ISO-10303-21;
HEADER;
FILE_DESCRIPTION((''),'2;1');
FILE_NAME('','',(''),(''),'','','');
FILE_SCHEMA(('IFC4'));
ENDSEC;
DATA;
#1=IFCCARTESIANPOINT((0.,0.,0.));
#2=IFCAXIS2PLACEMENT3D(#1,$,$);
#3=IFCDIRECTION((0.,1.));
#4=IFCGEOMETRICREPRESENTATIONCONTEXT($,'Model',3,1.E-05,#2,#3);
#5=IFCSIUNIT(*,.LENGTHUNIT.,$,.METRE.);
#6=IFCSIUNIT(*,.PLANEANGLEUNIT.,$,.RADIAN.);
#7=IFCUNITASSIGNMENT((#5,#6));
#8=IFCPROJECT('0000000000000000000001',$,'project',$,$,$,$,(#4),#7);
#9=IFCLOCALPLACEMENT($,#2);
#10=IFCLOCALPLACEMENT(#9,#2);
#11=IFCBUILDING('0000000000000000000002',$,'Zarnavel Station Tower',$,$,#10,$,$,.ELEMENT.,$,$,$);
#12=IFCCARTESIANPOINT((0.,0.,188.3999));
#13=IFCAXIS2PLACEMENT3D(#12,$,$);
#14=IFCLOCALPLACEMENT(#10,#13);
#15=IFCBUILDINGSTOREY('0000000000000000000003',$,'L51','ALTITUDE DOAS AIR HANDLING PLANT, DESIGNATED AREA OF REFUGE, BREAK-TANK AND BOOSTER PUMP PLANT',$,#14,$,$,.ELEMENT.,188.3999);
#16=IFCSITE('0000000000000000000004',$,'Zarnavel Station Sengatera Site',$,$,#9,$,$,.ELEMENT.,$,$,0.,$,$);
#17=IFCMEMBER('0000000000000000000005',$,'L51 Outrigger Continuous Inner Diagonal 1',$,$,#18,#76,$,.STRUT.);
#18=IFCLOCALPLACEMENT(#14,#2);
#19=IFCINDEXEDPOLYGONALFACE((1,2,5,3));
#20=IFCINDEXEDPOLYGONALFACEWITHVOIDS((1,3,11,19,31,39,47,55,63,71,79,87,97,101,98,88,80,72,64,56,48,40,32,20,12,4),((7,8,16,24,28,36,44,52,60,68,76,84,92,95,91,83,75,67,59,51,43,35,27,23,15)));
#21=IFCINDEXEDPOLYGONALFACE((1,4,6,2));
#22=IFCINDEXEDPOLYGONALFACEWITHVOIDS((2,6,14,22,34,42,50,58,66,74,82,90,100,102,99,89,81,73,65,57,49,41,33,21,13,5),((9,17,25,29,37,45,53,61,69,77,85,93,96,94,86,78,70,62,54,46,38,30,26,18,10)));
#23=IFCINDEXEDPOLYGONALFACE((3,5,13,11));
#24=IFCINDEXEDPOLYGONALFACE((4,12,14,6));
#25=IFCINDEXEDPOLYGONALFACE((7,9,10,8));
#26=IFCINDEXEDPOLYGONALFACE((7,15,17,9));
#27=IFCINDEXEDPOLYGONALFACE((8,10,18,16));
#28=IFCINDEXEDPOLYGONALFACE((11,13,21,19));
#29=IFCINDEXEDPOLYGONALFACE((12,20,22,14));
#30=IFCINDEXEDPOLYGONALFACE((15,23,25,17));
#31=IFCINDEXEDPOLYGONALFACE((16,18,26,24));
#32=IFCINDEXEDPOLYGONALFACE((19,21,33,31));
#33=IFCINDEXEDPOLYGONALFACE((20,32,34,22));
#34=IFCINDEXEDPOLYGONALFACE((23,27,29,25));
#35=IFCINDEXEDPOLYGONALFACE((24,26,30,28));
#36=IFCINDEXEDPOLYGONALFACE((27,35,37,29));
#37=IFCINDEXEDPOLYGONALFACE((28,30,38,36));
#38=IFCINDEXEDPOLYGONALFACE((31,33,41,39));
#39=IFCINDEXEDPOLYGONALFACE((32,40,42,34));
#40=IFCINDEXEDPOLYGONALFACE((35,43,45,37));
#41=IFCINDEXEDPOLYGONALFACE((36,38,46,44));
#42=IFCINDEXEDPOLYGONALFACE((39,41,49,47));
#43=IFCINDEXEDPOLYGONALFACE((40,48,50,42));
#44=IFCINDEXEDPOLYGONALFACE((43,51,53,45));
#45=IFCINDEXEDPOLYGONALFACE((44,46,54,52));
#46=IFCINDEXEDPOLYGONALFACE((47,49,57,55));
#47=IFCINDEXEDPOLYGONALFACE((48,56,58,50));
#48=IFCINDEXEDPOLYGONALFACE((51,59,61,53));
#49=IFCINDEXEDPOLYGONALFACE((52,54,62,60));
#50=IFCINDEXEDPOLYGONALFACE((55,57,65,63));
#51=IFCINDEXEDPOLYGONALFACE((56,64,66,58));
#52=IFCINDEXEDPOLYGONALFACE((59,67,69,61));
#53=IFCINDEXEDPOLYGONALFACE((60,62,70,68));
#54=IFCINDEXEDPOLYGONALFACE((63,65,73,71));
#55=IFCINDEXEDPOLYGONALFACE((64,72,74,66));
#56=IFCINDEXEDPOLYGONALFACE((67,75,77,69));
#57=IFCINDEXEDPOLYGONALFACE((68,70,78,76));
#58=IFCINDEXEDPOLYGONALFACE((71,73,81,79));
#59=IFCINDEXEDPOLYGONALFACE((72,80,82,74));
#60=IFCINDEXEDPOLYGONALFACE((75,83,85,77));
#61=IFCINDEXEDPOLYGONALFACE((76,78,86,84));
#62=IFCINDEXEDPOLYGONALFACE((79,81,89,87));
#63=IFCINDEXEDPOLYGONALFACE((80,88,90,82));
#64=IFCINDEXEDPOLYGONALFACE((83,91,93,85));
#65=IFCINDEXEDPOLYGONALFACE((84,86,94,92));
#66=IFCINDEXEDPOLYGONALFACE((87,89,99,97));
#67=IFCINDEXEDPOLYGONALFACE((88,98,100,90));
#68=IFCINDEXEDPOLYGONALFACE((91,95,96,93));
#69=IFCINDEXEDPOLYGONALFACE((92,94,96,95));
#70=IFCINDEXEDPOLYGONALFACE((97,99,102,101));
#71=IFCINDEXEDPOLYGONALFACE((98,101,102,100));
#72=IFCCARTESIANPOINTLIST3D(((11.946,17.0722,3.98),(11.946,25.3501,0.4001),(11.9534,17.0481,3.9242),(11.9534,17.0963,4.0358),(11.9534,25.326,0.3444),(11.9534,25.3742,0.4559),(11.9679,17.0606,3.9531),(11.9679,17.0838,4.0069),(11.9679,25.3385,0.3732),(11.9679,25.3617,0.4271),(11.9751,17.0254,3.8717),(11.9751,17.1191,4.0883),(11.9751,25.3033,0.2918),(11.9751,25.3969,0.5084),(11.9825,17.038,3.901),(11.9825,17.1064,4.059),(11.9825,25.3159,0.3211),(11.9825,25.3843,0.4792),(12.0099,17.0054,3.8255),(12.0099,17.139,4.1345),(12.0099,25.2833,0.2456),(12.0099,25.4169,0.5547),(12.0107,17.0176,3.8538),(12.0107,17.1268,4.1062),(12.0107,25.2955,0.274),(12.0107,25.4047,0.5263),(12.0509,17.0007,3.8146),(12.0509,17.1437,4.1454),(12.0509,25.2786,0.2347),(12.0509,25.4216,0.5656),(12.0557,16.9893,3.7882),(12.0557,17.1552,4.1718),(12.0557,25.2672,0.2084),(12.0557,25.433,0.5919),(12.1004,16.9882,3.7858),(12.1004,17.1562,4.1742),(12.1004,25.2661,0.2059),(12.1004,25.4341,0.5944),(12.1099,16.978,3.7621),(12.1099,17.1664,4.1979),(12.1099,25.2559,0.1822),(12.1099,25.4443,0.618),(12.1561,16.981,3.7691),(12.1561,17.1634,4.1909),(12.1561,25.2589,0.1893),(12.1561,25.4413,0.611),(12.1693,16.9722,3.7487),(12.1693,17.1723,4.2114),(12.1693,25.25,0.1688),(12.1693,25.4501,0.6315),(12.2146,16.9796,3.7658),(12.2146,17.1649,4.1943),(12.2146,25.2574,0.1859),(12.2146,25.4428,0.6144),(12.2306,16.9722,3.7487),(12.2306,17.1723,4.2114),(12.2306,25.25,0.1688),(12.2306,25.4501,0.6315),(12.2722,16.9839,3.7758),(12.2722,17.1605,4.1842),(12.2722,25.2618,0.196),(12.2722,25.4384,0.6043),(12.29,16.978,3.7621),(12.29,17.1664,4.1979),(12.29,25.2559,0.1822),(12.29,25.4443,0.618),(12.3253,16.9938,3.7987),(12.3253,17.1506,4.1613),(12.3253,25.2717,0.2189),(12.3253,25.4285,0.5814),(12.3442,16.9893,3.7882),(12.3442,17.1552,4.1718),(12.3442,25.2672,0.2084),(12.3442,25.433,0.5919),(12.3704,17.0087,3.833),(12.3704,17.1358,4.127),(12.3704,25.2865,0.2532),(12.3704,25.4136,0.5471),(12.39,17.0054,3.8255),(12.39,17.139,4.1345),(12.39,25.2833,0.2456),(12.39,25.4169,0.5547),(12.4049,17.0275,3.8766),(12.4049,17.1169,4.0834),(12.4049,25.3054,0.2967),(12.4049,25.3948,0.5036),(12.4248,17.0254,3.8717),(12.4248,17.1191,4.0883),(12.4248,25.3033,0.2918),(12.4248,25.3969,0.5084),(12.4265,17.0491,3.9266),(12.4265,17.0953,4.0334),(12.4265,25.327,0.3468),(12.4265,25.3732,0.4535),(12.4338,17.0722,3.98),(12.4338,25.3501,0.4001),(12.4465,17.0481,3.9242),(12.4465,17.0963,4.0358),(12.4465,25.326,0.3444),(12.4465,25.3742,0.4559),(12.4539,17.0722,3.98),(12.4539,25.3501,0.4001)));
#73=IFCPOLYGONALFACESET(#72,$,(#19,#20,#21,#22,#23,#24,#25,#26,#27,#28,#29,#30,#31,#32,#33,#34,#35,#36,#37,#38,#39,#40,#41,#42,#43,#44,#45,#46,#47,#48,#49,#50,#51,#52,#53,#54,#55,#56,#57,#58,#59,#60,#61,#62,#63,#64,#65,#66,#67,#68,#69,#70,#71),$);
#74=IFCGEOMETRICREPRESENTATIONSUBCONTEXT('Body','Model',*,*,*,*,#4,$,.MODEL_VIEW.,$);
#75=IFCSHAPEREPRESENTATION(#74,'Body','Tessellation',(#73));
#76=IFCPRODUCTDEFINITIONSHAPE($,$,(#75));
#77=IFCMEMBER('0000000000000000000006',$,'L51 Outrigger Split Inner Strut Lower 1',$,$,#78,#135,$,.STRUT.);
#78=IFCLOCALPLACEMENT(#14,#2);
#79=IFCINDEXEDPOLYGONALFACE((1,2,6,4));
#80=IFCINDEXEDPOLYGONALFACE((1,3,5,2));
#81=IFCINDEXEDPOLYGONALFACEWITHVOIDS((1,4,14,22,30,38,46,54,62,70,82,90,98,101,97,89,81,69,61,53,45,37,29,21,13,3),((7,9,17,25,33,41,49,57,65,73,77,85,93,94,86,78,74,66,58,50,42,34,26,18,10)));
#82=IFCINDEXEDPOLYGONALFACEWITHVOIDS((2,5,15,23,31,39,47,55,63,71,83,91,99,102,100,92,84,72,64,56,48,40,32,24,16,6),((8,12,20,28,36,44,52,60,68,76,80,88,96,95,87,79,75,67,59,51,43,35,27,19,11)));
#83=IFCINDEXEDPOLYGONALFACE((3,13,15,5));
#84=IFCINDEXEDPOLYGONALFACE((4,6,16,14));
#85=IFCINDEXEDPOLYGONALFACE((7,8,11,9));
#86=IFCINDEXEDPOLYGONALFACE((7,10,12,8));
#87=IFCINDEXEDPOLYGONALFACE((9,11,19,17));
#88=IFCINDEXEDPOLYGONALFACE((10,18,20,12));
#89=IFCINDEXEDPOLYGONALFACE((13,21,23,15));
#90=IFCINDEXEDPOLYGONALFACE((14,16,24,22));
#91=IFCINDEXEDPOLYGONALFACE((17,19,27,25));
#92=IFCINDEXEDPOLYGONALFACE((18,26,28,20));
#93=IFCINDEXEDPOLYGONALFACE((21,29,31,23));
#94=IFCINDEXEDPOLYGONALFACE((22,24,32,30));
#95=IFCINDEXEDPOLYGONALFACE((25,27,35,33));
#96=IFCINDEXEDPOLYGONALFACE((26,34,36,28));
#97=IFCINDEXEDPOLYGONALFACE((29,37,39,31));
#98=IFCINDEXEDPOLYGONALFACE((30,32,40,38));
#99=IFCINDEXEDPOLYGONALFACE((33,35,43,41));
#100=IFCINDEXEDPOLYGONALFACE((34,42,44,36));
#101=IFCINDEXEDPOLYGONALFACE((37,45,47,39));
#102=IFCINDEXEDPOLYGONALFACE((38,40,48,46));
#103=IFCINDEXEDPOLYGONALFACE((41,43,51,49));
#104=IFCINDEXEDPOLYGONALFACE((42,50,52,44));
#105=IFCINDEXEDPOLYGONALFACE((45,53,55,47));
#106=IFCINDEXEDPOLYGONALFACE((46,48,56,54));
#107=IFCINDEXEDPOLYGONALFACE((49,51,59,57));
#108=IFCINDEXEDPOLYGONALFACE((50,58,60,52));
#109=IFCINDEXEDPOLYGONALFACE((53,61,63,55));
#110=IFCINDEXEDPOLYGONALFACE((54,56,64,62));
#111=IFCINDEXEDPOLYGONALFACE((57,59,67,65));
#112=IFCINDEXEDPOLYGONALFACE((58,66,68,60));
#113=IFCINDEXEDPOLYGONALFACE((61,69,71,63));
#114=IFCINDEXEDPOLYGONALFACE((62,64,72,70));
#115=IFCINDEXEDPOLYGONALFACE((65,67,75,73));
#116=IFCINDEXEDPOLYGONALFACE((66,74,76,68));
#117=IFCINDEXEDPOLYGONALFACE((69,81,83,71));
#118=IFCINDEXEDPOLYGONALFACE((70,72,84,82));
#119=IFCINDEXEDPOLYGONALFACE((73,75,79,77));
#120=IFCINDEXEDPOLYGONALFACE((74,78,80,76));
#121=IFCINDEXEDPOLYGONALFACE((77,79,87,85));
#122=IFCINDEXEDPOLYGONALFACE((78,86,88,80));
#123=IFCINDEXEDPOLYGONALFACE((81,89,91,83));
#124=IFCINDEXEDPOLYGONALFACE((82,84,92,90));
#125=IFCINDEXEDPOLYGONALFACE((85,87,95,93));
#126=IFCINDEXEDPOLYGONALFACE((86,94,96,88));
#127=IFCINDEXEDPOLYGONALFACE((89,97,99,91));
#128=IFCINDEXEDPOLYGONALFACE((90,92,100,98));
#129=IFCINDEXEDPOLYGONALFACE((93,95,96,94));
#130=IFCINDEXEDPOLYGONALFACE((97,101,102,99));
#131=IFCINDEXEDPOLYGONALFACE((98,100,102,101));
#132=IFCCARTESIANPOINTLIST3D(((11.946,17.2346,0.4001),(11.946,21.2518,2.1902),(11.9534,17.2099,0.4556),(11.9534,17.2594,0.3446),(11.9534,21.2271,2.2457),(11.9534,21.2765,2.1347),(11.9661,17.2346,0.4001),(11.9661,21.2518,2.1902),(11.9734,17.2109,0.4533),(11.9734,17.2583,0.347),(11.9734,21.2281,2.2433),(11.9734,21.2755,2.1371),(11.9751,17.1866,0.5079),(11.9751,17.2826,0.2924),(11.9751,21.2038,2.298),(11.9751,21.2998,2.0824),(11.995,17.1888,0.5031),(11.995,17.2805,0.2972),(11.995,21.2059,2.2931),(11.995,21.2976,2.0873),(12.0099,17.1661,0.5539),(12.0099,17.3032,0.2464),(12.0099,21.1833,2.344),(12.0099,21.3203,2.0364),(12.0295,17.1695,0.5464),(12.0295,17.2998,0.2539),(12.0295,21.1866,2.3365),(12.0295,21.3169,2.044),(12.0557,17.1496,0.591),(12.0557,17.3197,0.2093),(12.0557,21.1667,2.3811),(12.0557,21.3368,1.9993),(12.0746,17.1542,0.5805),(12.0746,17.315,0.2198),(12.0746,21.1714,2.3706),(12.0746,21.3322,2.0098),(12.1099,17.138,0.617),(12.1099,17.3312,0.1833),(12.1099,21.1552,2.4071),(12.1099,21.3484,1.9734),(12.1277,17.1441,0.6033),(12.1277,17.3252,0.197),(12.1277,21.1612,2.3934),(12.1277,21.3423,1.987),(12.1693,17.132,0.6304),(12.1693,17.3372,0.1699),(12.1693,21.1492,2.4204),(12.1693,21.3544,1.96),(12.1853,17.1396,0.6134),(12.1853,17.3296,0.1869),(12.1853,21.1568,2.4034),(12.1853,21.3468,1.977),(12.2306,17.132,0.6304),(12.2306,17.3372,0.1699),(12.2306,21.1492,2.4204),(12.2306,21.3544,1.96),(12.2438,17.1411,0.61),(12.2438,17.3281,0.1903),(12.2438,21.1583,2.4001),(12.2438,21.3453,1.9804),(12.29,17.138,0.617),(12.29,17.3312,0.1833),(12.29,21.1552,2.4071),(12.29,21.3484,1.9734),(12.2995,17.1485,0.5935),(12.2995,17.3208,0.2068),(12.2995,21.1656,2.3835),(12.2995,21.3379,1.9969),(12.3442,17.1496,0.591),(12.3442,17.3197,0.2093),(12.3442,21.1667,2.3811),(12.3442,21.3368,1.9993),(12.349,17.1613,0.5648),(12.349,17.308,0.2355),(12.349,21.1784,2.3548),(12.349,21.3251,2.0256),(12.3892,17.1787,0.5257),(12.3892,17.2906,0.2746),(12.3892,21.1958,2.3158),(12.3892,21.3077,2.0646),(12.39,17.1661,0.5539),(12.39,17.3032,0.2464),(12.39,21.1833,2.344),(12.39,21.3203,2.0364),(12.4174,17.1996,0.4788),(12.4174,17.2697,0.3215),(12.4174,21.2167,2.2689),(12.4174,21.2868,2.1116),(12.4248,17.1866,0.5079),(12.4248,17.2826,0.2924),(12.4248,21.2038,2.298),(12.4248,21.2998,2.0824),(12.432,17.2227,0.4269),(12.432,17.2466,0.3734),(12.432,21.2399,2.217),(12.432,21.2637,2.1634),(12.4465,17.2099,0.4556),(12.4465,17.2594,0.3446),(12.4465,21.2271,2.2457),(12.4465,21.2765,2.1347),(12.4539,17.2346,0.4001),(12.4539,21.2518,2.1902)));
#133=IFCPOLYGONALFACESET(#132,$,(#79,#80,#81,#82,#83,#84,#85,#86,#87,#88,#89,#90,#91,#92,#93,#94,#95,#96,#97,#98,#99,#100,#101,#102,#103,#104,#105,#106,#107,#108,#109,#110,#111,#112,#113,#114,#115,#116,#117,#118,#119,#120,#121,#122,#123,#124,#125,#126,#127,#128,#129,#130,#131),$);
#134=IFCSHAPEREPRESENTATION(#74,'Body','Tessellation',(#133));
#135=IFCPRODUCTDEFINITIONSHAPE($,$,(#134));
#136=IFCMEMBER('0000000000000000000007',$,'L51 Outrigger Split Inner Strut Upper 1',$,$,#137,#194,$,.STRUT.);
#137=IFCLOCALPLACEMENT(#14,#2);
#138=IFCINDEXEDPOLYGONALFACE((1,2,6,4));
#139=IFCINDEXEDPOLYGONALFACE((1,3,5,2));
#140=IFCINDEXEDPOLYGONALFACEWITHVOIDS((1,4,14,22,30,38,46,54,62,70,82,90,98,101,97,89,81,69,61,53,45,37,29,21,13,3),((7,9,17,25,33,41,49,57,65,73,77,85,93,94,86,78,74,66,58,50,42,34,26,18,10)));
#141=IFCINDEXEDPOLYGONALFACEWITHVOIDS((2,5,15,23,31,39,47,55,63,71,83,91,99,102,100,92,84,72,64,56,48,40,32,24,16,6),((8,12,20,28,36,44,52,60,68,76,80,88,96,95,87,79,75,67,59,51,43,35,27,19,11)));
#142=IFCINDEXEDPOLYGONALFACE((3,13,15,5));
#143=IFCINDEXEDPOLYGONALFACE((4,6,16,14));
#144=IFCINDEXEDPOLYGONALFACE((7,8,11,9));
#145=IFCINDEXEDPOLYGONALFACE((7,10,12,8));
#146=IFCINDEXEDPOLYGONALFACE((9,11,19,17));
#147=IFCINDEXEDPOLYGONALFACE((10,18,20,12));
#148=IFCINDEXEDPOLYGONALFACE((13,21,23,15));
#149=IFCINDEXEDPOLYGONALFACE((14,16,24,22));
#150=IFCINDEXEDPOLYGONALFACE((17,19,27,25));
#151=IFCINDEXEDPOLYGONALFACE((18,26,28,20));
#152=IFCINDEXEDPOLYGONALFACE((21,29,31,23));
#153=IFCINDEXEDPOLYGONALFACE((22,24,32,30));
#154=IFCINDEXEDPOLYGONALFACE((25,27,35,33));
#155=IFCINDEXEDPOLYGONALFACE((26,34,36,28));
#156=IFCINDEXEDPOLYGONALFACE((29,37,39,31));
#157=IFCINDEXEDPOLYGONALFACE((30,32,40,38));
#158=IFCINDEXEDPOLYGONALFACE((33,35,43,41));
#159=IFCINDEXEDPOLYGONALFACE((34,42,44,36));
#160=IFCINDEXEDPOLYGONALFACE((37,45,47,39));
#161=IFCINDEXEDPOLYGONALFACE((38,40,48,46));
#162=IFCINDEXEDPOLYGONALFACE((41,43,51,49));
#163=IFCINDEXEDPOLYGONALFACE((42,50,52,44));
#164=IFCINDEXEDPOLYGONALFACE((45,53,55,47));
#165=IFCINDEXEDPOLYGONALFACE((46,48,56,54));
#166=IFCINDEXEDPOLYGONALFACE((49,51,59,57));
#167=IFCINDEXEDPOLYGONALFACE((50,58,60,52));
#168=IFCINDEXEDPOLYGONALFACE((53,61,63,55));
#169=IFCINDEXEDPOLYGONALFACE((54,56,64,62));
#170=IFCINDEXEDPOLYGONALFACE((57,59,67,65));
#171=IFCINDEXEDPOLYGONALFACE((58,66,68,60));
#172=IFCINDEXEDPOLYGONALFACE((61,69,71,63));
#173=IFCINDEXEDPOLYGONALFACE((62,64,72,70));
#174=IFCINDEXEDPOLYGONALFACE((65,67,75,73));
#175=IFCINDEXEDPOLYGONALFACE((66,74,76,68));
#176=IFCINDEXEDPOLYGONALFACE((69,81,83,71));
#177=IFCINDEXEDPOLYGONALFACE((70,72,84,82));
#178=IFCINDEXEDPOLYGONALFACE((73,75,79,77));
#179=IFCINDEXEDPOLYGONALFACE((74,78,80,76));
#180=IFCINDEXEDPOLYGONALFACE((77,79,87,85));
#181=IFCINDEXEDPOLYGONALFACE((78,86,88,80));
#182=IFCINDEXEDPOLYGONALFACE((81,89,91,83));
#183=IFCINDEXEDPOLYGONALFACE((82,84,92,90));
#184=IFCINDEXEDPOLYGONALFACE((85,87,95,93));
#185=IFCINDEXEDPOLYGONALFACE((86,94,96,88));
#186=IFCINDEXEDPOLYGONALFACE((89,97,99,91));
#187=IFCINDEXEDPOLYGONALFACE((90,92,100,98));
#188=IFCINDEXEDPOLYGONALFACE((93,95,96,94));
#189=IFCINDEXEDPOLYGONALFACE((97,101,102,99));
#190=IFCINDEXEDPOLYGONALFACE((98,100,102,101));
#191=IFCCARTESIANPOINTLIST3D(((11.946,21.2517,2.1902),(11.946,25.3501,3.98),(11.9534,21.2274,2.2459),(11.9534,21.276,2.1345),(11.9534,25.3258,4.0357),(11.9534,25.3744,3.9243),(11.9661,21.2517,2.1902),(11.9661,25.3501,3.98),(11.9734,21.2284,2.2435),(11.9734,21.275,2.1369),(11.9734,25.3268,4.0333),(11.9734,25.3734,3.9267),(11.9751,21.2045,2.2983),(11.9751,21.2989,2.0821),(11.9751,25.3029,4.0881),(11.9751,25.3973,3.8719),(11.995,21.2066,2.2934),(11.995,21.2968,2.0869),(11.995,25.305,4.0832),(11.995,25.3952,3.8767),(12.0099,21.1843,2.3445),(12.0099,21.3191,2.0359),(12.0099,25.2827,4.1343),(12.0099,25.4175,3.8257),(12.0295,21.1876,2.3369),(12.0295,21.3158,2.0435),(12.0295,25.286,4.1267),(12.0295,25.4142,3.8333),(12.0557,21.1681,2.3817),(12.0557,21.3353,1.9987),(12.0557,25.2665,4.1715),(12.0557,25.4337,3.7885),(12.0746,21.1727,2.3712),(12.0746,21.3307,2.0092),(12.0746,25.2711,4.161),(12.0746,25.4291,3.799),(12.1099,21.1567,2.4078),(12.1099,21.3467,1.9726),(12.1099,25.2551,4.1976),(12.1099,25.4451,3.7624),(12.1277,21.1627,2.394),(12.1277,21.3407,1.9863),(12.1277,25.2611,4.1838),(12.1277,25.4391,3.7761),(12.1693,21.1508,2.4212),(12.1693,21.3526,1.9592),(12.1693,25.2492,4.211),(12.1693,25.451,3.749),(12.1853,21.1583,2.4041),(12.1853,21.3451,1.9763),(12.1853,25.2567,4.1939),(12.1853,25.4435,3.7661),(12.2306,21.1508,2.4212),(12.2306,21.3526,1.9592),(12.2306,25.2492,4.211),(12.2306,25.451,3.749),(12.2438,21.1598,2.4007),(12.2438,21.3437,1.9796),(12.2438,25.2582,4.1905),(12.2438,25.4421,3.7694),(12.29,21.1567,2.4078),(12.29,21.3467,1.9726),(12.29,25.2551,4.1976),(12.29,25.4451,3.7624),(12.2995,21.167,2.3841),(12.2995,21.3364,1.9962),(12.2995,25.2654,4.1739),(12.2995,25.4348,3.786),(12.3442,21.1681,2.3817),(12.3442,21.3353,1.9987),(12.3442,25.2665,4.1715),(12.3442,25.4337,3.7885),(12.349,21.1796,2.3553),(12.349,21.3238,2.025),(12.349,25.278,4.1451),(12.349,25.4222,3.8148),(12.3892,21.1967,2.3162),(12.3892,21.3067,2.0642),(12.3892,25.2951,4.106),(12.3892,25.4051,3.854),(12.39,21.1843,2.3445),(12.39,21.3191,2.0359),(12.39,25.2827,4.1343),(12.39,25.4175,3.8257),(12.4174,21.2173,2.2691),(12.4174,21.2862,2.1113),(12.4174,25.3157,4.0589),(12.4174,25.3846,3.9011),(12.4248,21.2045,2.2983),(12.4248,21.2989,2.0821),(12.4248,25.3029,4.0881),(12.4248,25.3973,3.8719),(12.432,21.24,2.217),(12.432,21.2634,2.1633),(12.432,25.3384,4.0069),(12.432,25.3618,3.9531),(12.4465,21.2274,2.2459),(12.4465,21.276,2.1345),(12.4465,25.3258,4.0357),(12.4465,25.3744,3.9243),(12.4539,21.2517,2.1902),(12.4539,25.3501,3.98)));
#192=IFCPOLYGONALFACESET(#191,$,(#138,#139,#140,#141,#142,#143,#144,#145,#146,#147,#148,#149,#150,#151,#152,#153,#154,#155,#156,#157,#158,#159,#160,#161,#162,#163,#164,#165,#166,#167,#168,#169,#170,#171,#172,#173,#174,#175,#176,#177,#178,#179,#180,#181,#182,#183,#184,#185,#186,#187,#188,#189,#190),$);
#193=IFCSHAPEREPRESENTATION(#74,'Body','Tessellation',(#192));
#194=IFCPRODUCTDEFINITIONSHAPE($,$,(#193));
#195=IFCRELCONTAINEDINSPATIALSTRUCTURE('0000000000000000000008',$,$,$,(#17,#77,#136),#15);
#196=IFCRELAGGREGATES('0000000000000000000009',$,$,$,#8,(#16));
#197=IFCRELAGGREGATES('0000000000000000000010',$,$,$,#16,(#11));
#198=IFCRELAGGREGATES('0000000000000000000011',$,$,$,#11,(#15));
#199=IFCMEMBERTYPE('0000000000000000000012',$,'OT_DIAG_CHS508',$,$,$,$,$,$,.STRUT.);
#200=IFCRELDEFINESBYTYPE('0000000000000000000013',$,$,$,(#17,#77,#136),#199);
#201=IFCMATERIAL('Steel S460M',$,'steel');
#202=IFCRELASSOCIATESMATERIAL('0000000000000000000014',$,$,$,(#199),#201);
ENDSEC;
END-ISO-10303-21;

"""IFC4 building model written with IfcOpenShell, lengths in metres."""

from ifc_helpers import new_model, si_unit, direction, frame, origin, origin_2d, place, context, subcontext, project, spatial, hollow_circle, extrude, material, material_profile, profile_set, type_object, element, save


model = new_model("IFC4")

# Units and contexts
model_context = context("Model", 3, precision=1e-05, world=origin(), true_north=direction((0.0, 1.0)))
body_context = subcontext(model_context, "Body", "Model", "MODEL_VIEW")
ifc_project = project(units=[si_unit("LENGTHUNIT", "METRE"), si_unit("PLANEANGLEUNIT", "RADIAN")], contexts=[model_context])

# Site, building, storey
site_placement = place(None, origin())
site = spatial("IfcSite", under=ifc_project, at=site_placement, Name="Zarnavel Station Sengatera Site", CompositionType="ELEMENT", RefElevation=0.0)
building_placement = place(site_placement, origin())
building = spatial("IfcBuilding", under=site, at=building_placement, Name="Zarnavel Station Tower", CompositionType="ELEMENT")
storey_placement = place(building_placement, frame((0.0, 0.0, 188.3999)))
storey = spatial("IfcBuildingStorey", under=building, at=storey_placement, Name="L51", Description="ALTITUDE DOAS AIR HANDLING PLANT, DESIGNATED AREA OF REFUGE, BREAK-TANK AND BOOSTER PUMP PLANT", CompositionType="ELEMENT", Elevation=188.3999)

# Members
ifc_material_1 = material(Name="Steel S460M", Category="steel")
ifc_material_profile_1 = material_profile(ifc_material_1, hollow_circle(Radius=0.2539, WallThickness=0.02, at=origin_2d()), Name="CHS508x20")
ifc_profile_set_1 = profile_set([ifc_material_profile_1], Name="Steel S460M")
member_type_1 = type_object("IfcMemberType", Name="OT_DIAG_CHS508", PredefinedType="STRUT", material=ifc_profile_set_1)
member_1_placement = place(storey_placement, frame((12.2, 25.3501, 0.4001), z_axis=(0.0, -0.917848, 0.396933), x_axis=(1.0, 0.0, 0.0)))
element("IfcMember", 1, at=member_1_placement, inside=storey, type_object=member_type_1, Name="L51 Outrigger Continuous Inner Diagonal 1", PredefinedType="STRUT", context=body_context, shape_type="SweptSolid", body=[
    extrude(hollow_circle(Radius=0.2539, WallThickness=0.02, at=origin_2d()), origin(), (0.0, 0.0, 1.0), 9.0188),
])
member_2_placement = place(storey_placement, frame((12.2, 17.2346, 0.4001), z_axis=(0.0, 0.913417, 0.407024), x_axis=(-1.0, 0.0, 0.0)))
element("IfcMember", 2, at=member_2_placement, inside=storey, type_object=member_type_1, Name="L51 Outrigger Split Inner Strut Lower 1", PredefinedType="STRUT", context=body_context, shape_type="SweptSolid", body=[
    extrude(hollow_circle(Radius=0.2539, WallThickness=0.02, at=origin_2d()), origin(), (0.0, 0.0, 1.0), 4.3979),
])
member_3_placement = place(storey_placement, frame((12.2, 21.2517, 2.1902), z_axis=(0.0, 0.916424, 0.400209), x_axis=(-1.0, 0.0, 0.0)))
element("IfcMember", 3, at=member_3_placement, inside=storey, type_object=member_type_1, Name="L51 Outrigger Split Inner Strut Upper 1", PredefinedType="STRUT", context=body_context, shape_type="SweptSolid", body=[
    extrude(hollow_circle(Radius=0.2539, WallThickness=0.02, at=origin_2d()), origin(), (0.0, 0.0, 1.0), 4.4722),
])

save(model, "model.ifc")
